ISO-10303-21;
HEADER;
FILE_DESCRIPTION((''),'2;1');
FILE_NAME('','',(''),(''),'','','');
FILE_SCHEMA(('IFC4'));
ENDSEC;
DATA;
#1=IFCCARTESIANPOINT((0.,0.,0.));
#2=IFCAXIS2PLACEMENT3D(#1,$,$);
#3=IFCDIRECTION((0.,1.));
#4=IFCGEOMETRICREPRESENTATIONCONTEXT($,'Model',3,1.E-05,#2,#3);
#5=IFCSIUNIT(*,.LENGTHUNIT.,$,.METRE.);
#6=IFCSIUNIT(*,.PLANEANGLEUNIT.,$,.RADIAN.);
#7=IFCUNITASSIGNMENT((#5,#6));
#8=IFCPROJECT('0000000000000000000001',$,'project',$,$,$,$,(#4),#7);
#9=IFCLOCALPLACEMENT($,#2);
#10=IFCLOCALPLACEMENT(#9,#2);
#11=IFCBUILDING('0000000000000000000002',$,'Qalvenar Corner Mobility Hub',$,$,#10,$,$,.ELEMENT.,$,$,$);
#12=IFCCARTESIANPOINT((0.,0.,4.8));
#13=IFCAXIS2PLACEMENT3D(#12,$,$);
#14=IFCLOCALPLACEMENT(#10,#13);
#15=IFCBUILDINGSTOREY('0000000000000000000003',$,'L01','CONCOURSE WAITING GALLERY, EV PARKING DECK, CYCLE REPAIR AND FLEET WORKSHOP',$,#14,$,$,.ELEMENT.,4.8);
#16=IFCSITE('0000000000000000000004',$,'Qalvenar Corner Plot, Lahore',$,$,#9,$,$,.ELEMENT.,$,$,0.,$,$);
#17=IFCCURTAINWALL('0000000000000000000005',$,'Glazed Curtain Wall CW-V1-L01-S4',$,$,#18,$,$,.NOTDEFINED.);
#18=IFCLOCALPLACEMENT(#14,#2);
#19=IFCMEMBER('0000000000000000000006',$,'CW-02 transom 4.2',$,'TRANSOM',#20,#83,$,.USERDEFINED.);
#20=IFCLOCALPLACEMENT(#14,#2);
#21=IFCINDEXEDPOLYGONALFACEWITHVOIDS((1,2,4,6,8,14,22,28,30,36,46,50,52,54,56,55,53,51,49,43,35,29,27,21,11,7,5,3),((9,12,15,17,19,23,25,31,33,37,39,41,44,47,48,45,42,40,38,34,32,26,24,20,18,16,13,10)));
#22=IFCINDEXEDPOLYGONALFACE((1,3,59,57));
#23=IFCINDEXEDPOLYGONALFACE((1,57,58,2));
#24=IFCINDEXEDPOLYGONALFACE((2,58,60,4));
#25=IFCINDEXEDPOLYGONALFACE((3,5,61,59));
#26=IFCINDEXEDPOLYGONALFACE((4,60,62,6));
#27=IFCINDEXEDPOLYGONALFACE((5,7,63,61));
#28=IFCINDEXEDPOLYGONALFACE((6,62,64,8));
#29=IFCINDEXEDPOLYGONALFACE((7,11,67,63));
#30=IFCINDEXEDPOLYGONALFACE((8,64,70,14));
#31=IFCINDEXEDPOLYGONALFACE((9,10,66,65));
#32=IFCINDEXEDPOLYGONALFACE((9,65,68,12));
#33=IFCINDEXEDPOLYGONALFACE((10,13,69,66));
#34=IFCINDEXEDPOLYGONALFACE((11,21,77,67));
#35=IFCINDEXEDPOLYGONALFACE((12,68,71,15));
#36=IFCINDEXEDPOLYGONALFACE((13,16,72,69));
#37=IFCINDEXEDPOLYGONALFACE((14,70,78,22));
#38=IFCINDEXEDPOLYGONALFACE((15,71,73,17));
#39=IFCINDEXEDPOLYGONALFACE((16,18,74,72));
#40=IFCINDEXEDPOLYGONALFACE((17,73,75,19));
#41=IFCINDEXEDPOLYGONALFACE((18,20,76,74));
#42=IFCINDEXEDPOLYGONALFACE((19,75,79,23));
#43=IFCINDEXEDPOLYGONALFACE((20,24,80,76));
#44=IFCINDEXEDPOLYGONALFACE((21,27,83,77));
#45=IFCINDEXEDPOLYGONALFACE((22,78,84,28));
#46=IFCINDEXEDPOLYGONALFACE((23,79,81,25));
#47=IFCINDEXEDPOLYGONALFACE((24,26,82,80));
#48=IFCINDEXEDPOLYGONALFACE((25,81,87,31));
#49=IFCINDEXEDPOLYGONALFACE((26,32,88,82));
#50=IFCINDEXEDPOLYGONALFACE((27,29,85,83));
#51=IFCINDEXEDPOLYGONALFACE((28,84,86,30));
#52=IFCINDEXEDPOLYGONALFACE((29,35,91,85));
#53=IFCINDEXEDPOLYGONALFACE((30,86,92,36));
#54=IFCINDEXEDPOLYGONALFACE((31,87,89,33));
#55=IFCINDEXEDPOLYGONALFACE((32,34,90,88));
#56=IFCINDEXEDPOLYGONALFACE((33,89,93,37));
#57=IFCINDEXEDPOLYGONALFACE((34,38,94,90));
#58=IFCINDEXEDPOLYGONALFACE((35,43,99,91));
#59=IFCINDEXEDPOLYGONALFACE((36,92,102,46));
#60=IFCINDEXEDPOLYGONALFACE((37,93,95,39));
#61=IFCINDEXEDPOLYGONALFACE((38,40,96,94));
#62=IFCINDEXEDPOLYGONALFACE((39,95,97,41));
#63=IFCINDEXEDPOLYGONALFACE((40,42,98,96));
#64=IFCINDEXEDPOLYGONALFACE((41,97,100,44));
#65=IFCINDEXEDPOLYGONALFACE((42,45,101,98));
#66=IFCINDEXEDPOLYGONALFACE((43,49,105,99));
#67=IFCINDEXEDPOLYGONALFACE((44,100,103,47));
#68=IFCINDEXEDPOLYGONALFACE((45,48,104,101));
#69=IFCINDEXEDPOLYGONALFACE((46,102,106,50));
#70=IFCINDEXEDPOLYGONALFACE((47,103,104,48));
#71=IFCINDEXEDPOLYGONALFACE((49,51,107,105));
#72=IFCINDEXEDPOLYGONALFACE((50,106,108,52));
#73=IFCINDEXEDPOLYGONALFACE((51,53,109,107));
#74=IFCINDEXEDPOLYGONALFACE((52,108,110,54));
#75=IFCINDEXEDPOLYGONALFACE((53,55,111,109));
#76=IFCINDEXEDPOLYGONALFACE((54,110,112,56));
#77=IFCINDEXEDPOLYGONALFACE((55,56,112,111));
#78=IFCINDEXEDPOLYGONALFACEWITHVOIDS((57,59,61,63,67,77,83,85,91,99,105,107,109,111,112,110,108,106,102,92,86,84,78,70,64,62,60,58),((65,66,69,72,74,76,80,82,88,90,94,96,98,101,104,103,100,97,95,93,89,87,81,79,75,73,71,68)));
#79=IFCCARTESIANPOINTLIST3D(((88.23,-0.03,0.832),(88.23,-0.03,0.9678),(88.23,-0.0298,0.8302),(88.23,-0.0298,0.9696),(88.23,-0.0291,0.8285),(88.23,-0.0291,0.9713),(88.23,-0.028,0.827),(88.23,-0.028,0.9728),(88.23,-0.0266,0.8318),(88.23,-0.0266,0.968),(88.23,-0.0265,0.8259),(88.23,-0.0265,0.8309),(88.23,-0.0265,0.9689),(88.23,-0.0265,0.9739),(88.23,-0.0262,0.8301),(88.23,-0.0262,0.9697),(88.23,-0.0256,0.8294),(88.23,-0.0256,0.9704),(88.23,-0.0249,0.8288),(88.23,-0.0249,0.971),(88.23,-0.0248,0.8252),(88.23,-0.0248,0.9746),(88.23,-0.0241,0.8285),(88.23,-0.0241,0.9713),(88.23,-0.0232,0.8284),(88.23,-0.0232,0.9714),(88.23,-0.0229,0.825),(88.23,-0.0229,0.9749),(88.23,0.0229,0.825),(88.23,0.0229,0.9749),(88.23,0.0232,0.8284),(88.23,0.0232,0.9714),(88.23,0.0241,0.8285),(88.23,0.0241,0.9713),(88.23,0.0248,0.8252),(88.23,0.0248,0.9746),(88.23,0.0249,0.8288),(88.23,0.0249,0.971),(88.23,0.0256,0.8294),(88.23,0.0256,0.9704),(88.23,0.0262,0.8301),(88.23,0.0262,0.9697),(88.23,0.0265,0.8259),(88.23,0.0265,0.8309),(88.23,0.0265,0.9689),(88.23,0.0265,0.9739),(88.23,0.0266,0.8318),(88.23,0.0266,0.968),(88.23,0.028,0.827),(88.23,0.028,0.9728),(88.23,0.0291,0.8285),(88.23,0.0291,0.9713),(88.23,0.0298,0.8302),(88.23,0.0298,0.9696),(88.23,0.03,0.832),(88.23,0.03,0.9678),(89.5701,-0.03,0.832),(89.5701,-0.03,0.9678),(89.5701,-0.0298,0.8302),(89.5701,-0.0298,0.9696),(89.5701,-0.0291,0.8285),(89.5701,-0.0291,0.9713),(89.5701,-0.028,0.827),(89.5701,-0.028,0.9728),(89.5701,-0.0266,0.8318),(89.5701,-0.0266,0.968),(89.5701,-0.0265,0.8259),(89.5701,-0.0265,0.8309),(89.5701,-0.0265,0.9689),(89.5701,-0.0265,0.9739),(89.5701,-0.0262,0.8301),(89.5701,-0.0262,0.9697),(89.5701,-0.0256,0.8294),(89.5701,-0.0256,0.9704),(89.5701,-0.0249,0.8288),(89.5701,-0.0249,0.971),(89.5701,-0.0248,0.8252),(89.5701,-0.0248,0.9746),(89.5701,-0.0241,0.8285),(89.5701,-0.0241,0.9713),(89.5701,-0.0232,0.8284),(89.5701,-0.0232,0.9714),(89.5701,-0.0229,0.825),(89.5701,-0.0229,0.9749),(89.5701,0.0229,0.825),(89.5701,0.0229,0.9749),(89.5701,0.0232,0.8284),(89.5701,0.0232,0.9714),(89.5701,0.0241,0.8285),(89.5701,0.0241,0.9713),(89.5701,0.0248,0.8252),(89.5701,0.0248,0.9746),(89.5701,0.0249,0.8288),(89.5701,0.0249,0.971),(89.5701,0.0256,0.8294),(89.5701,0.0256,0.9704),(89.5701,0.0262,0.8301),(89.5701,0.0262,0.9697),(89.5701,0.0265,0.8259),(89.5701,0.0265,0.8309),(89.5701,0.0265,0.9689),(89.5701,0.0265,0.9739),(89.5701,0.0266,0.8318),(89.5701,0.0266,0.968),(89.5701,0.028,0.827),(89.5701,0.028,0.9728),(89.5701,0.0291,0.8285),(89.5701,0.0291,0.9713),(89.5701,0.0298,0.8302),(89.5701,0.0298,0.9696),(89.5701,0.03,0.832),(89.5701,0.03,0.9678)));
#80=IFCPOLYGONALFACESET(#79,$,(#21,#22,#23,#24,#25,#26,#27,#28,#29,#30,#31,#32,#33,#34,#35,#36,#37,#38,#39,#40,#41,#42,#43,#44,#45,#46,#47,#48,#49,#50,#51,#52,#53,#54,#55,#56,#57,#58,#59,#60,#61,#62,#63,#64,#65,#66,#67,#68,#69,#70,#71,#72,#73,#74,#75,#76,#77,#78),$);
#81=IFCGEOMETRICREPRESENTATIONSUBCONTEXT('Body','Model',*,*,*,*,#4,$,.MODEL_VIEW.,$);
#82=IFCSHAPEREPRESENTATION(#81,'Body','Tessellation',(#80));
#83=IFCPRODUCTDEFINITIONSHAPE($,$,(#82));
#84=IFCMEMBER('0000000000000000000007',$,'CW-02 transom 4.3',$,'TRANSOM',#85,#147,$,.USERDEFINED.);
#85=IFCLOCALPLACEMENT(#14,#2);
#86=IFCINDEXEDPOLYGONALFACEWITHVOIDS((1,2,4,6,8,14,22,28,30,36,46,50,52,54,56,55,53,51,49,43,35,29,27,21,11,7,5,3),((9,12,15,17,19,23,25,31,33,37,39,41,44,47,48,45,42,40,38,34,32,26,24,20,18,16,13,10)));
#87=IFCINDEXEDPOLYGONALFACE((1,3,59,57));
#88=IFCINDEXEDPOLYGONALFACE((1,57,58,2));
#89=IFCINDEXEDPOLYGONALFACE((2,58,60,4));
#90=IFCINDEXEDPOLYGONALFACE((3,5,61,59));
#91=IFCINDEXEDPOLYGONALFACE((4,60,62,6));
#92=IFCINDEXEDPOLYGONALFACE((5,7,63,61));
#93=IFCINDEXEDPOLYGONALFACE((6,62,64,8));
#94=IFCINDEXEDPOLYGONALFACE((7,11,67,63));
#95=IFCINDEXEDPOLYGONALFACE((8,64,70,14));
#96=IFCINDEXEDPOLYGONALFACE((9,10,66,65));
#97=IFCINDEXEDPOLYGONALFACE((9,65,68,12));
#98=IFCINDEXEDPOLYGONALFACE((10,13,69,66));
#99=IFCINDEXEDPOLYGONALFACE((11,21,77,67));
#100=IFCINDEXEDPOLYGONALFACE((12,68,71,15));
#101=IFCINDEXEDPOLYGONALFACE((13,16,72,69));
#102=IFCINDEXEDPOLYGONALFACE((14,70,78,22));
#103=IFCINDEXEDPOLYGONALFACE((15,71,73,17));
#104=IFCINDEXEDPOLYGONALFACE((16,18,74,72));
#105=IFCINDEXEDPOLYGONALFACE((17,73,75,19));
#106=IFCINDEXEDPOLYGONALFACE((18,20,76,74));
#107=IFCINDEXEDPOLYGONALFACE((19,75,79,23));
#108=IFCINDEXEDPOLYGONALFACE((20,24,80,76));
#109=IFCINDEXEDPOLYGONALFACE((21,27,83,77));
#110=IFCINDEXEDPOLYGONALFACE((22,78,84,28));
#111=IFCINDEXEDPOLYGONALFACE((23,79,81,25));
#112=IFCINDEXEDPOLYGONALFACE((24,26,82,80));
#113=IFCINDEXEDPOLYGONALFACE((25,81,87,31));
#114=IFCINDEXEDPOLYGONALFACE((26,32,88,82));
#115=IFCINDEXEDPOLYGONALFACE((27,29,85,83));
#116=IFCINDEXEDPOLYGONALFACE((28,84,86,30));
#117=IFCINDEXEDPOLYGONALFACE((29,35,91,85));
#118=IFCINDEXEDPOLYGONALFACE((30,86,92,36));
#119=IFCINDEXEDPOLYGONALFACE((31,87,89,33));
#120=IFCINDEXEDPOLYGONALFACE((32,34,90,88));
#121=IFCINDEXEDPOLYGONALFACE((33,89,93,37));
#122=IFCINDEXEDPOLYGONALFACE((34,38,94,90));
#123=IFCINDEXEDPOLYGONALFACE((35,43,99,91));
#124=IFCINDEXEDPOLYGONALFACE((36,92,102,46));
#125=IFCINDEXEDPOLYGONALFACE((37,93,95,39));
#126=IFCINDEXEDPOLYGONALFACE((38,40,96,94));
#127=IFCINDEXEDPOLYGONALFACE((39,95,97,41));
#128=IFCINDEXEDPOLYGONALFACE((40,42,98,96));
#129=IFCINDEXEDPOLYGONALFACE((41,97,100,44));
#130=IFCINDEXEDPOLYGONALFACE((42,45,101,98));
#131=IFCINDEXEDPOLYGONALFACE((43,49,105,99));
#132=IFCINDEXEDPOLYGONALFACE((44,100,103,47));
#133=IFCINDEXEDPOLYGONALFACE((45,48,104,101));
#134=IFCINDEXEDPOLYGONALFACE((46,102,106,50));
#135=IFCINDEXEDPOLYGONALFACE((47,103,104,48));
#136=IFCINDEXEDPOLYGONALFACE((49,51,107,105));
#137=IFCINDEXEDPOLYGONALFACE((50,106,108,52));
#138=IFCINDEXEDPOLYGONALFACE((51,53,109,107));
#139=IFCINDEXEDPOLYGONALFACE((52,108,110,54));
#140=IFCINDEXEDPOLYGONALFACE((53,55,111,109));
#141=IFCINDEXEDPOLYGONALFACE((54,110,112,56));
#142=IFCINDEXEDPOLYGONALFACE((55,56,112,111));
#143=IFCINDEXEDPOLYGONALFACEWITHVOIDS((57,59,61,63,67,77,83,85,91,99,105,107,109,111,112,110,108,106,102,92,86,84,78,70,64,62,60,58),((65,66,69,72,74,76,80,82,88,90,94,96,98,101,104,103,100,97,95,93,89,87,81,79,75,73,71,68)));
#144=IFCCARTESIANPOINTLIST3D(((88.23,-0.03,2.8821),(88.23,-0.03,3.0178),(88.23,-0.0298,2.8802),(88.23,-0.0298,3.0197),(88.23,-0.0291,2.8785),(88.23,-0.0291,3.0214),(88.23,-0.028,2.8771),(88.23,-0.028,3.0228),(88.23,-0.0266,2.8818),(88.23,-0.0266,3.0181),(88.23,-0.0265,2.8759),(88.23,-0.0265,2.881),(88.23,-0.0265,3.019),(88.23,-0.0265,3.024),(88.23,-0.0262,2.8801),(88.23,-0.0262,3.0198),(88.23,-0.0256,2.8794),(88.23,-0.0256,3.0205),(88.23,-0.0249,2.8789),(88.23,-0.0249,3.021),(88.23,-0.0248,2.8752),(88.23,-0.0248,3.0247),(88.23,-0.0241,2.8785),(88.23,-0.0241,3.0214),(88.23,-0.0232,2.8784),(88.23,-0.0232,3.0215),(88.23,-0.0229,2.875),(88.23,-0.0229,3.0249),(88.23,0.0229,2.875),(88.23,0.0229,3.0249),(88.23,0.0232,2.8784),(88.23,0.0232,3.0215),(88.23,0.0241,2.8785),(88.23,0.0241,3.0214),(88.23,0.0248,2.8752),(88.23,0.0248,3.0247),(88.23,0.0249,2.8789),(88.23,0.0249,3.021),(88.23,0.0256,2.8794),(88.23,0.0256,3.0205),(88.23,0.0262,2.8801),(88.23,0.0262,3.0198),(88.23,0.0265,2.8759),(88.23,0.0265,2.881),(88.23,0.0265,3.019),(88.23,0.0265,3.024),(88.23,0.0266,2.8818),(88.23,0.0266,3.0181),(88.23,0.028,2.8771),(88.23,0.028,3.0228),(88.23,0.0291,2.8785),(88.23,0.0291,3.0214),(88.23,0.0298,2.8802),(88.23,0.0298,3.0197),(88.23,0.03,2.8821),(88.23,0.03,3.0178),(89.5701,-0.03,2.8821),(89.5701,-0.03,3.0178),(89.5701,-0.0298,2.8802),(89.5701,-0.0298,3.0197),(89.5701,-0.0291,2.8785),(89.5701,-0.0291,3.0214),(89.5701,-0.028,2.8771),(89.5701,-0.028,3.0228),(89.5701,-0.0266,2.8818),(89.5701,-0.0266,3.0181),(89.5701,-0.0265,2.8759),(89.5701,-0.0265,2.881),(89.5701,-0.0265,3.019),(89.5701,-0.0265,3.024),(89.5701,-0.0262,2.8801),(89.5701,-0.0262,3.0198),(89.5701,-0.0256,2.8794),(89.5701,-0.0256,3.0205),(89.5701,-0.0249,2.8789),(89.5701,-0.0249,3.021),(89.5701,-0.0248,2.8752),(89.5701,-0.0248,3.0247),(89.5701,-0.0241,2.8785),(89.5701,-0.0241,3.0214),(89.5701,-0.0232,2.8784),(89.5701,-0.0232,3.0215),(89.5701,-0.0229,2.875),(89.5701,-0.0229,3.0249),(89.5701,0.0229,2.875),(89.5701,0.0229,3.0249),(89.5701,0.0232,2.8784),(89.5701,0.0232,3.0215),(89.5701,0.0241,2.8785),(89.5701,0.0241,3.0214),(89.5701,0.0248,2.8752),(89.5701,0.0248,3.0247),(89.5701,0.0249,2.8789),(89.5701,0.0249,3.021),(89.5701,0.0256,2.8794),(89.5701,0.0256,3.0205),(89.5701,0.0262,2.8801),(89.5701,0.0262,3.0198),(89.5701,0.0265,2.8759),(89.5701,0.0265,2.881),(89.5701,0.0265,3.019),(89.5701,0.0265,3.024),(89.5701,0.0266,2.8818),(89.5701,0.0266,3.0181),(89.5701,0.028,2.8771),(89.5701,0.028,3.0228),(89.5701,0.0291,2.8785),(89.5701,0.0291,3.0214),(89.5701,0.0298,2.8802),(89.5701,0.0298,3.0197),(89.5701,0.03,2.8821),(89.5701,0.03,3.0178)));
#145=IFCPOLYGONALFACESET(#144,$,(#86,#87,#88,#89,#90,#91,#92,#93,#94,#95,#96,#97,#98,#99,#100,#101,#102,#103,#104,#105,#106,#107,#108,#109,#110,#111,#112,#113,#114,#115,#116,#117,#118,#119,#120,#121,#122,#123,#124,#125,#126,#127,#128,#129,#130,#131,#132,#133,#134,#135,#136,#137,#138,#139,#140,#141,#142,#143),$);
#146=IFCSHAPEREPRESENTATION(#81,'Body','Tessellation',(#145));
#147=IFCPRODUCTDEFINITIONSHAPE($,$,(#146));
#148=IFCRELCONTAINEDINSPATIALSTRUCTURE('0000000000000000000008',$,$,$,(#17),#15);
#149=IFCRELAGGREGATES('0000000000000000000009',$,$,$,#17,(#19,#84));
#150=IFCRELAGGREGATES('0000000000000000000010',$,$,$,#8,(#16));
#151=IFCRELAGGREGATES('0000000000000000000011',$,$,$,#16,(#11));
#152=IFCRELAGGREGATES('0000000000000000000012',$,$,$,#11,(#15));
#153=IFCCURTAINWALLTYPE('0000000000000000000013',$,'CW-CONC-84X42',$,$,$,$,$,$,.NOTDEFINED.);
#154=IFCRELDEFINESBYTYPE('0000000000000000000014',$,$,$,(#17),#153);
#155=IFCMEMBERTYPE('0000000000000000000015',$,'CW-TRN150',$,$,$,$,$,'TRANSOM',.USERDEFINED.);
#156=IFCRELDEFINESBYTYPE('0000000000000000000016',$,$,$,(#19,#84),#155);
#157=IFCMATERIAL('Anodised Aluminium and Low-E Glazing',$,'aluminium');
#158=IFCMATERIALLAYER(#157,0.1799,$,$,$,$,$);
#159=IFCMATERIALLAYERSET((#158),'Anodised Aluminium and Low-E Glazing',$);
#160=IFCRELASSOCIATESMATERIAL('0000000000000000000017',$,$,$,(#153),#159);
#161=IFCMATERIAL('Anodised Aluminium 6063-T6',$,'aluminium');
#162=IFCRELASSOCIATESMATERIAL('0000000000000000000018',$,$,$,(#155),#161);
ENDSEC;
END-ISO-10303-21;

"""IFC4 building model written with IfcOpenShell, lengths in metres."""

from ifc_helpers import new_model, si_unit, direction, frame, origin, origin_2d, place, context, subcontext, project, spatial, hollow_rectangle, extrude, material, layer, layer_set, material_profile, profile_set, type_object, element, aggregate, save


model = new_model("IFC4")

# Units and contexts
model_context = context("Model", 3, precision=1e-05, world=origin(), true_north=direction((0.0, 1.0)))
body_context = subcontext(model_context, "Body", "Model", "MODEL_VIEW")
ifc_project = project(units=[si_unit("LENGTHUNIT", "METRE"), si_unit("PLANEANGLEUNIT", "RADIAN")], contexts=[model_context])

# Site, building, storey
site_placement = place(None, origin())
site = spatial("IfcSite", under=ifc_project, at=site_placement, Name="Qalvenar Corner Plot, Lahore", CompositionType="ELEMENT", RefElevation=0.0)
building_placement = place(site_placement, origin())
building = spatial("IfcBuilding", under=site, at=building_placement, Name="Qalvenar Corner Mobility Hub", CompositionType="ELEMENT")
storey_placement = place(building_placement, frame((0.0, 0.0, 4.8)))
storey = spatial("IfcBuildingStorey", under=building, at=storey_placement, Name="L01", Description="CONCOURSE WAITING GALLERY, EV PARKING DECK, CYCLE REPAIR AND FLEET WORKSHOP", CompositionType="ELEMENT", Elevation=4.8)

# Curtain wall, members
ifc_material_1 = material(Name="Anodised Aluminium and Low-E Glazing", Category="aluminium")
ifc_layer_1 = layer(ifc_material_1, 0.1799)
ifc_layer_set_1 = layer_set([ifc_layer_1], Name="Anodised Aluminium and Low-E Glazing")
curtain_wall_type = type_object("IfcCurtainWallType", Name="CW-CONC-84X42", PredefinedType="NOTDEFINED", material=ifc_layer_set_1)
curtain_wall_placement = place(storey_placement, origin())
curtain_wall = element("IfcCurtainWall", 1, at=curtain_wall_placement, inside=storey, type_object=curtain_wall_type, Name="Glazed Curtain Wall CW-V1-L01-S4", PredefinedType="NOTDEFINED")
ifc_material_2 = material(Name="Anodised Aluminium 6063-T6", Category="aluminium")
ifc_material_profile_1 = material_profile(ifc_material_2, hollow_rectangle(XDim=0.0601, YDim=0.1499, WallThickness=0.0034, InnerFilletRadius=0.0034, OuterFilletRadius=0.0071, at=origin_2d()), Name="RHS150x60x3.5")
ifc_profile_set_1 = profile_set([ifc_material_profile_1], Name="Anodised Aluminium 6063-T6")
member_type_1 = type_object("IfcMemberType", Name="CW-TRN150", ElementType="TRANSOM", PredefinedType="USERDEFINED", material=ifc_profile_set_1)
member_1_placement = place(storey_placement, frame((88.23, 0.0, 0.8999), z_axis=(1.0, 0.0, 0.0), x_axis=(0.0, 1.0, 0.0)))
member_1 = element("IfcMember", 2, at=member_1_placement, type_object=member_type_1, Name="CW-02 transom 4.2", ObjectType="TRANSOM", PredefinedType="USERDEFINED", context=body_context, shape_type="SweptSolid", body=[
    extrude(hollow_rectangle(XDim=0.0601, YDim=0.1499, WallThickness=0.0034, InnerFilletRadius=0.0034, OuterFilletRadius=0.0071, at=origin_2d()), origin(), (0.0, 0.0, 1.0), 1.3401),
])
member_2_placement = place(storey_placement, frame((88.23, 0.0, 2.95), z_axis=(1.0, 0.0, 0.0), x_axis=(0.0, 1.0, 0.0)))
member_2 = element("IfcMember", 3, at=member_2_placement, type_object=member_type_1, Name="CW-02 transom 4.3", ObjectType="TRANSOM", PredefinedType="USERDEFINED", context=body_context, shape_type="SweptSolid", body=[
    extrude(hollow_rectangle(XDim=0.0601, YDim=0.1499, WallThickness=0.0034, InnerFilletRadius=0.0034, OuterFilletRadius=0.0071, at=origin_2d()), origin(), (0.0, 0.0, 1.0), 1.3401),
])
aggregate(curtain_wall, [member_1, member_2])

save(model, "model.ifc")
